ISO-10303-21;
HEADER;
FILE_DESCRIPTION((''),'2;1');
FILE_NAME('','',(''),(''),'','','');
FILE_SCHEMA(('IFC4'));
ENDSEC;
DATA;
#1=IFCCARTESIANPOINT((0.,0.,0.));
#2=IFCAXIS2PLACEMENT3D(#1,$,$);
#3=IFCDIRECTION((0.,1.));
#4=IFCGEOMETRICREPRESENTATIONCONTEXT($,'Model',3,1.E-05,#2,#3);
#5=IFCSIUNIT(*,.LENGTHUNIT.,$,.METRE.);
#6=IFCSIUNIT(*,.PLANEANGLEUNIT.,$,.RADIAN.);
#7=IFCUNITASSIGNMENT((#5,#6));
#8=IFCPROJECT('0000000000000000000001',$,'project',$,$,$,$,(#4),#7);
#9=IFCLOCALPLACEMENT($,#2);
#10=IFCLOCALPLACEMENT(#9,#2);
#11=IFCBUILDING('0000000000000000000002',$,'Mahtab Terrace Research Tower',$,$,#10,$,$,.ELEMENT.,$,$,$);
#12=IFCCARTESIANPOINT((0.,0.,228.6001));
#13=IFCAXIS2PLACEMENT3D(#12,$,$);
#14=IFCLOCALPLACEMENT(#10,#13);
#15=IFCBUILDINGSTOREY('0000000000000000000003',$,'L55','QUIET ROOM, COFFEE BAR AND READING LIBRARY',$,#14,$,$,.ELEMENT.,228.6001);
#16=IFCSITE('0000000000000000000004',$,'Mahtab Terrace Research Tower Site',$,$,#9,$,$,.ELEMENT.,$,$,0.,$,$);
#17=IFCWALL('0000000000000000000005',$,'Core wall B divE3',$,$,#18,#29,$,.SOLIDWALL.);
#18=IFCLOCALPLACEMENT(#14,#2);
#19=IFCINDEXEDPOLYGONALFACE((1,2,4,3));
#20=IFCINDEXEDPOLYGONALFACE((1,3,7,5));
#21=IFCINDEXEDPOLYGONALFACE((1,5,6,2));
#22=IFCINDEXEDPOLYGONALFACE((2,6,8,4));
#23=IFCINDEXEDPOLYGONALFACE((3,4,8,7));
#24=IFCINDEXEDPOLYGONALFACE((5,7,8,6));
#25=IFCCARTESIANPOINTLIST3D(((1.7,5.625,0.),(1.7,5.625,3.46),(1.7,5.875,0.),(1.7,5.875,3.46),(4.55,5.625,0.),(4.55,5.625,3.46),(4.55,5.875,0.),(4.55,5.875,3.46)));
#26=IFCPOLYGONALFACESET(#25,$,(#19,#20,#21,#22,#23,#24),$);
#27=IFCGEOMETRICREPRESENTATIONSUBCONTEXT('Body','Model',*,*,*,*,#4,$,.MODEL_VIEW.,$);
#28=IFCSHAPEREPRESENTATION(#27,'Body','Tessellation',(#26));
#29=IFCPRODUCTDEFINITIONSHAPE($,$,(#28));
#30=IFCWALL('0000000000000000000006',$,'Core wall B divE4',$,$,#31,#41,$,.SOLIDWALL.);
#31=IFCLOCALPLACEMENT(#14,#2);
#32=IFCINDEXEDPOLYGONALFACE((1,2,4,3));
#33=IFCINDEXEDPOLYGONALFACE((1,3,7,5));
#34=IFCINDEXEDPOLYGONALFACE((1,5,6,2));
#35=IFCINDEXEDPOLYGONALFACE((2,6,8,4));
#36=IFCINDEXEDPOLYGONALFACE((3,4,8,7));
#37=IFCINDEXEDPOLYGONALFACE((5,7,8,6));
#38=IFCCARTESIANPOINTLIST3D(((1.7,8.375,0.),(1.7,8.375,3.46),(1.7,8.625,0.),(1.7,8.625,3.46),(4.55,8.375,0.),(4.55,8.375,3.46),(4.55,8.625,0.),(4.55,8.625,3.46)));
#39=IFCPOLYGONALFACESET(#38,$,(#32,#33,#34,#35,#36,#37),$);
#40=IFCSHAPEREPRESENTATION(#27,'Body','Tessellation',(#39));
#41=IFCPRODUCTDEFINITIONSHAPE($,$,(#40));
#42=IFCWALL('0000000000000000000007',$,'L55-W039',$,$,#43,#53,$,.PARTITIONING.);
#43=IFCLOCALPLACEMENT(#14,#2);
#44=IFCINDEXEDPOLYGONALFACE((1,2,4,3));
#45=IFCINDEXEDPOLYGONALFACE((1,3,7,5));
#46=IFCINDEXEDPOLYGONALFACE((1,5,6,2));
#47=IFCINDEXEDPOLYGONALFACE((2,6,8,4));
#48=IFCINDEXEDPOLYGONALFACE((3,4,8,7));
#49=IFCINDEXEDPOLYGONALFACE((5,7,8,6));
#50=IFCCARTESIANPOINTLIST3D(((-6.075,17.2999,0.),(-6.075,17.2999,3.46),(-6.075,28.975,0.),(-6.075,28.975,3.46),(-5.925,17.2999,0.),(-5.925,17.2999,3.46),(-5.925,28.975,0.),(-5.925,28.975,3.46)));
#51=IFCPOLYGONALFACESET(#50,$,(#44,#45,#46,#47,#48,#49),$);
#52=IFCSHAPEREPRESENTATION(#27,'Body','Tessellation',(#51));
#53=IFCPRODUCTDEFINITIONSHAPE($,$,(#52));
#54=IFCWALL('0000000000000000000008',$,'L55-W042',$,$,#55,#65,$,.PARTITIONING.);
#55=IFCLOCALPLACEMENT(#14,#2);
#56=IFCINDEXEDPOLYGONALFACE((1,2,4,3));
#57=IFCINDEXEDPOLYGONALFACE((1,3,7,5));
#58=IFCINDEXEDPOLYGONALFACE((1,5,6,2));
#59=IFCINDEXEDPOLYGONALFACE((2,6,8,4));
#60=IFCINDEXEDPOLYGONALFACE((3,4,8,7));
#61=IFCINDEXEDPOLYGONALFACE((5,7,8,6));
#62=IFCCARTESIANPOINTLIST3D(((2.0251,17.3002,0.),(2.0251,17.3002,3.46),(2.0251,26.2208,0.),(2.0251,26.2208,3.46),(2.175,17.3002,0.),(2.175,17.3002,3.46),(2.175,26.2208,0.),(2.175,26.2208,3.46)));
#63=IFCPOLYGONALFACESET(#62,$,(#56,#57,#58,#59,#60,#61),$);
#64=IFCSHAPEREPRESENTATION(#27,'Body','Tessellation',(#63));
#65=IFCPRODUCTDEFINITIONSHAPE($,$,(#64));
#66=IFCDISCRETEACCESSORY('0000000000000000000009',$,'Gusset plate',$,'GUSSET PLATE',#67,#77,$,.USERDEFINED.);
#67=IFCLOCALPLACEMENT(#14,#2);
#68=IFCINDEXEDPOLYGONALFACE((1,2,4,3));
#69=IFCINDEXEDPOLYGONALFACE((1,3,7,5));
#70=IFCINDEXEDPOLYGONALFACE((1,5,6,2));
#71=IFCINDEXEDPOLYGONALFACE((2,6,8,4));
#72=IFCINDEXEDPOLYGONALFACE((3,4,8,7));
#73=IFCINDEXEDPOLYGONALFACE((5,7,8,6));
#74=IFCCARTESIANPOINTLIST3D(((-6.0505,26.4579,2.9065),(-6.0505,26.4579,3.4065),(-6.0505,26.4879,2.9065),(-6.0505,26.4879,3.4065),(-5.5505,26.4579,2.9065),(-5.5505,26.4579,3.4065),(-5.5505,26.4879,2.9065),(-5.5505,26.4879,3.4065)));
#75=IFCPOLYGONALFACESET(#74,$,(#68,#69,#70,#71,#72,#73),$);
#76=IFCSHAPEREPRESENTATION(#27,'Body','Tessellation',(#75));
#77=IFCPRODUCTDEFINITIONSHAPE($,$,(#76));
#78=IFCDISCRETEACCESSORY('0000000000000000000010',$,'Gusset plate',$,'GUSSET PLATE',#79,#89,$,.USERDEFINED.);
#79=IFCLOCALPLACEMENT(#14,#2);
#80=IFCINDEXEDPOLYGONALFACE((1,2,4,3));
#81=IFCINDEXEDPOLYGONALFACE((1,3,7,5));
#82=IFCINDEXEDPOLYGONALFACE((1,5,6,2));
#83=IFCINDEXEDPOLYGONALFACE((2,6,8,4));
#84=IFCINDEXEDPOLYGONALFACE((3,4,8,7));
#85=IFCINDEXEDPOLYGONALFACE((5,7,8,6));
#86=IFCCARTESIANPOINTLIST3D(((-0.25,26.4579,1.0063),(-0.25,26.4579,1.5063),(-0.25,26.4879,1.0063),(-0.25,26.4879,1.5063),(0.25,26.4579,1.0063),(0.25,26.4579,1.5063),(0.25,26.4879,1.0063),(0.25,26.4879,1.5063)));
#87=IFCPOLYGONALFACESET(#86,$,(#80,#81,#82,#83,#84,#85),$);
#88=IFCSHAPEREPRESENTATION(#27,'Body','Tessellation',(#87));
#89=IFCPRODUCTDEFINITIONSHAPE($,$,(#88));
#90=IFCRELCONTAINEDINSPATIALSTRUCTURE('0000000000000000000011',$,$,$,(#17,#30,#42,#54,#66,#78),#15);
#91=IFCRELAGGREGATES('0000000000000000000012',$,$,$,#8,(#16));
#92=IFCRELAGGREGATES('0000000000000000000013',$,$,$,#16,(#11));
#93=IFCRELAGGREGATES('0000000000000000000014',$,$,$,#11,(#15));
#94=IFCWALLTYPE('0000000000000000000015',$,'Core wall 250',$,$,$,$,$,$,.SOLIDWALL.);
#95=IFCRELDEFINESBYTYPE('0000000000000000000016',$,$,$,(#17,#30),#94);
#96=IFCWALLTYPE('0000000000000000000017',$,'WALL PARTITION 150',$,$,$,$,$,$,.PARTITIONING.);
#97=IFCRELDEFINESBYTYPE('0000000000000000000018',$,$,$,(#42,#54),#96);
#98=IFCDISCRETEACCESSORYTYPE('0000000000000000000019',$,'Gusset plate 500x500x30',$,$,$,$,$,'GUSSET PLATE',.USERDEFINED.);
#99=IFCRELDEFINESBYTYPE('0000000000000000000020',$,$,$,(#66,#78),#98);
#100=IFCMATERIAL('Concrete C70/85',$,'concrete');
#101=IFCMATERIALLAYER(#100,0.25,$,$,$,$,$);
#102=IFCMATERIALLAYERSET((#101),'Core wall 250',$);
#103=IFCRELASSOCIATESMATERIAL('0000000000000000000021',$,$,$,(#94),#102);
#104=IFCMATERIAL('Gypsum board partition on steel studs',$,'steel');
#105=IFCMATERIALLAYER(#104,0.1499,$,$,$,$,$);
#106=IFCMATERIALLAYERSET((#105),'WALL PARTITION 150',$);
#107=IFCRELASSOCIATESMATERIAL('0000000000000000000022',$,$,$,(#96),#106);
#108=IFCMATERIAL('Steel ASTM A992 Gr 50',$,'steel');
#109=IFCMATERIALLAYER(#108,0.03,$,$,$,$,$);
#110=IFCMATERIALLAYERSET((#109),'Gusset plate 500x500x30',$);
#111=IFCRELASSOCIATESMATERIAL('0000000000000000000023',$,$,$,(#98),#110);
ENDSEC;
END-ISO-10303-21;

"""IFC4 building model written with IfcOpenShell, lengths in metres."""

from ifc_helpers import new_model, si_unit, direction, frame, frame_2d, origin, origin_2d, place, context, subcontext, project, spatial, rectangle, extrude, material, layer, layer_set, type_object, element, save


model = new_model("IFC4")

# Units and contexts
model_context = context("Model", 3, precision=1e-05, world=origin(), true_north=direction((0.0, 1.0)))
body_context = subcontext(model_context, "Body", "Model", "MODEL_VIEW")
ifc_project = project(units=[si_unit("LENGTHUNIT", "METRE"), si_unit("PLANEANGLEUNIT", "RADIAN")], contexts=[model_context])

# Site, building, storey
site_placement = place(None, origin())
site = spatial("IfcSite", under=ifc_project, at=site_placement, Name="Mahtab Terrace Research Tower Site", CompositionType="ELEMENT", RefElevation=0.0)
building_placement = place(site_placement, origin())
building = spatial("IfcBuilding", under=site, at=building_placement, Name="Mahtab Terrace Research Tower", CompositionType="ELEMENT")
storey_placement = place(building_placement, frame((0.0, 0.0, 228.6001)))
storey = spatial("IfcBuildingStorey", under=building, at=storey_placement, Name="L55", Description="QUIET ROOM, COFFEE BAR AND READING LIBRARY", CompositionType="ELEMENT", Elevation=228.6001)

# Shared definitions
ifc_material_1 = material(Name="Concrete C70/85", Category="concrete")
ifc_material_2 = material(Name="Steel ASTM A992 Gr 50", Category="steel")

# Shared definitions
ifc_layer_1 = layer(ifc_material_1, 0.25)
ifc_layer_set_1 = layer_set([ifc_layer_1], Name="Core wall 250")
wall_type_1 = type_object("IfcWallType", Name="Core wall 250", PredefinedType="SOLIDWALL", material=ifc_layer_set_1)

# Walls
for number, where, z_axis, x_axis, name in (
    (1, (1.7, 5.75, 0.0), (0.0, 0.0, 1.0), (1.0, 0.0, 0.0), "Core wall B divE3"),
    (2, (1.7, 8.5, 0.0), (0.0, 0.0, 1.0), (1.0, 0.0, 0.0), "Core wall B divE4"),
):
    element("IfcWall", number, at=place(storey_placement, frame(where, z_axis=z_axis, x_axis=x_axis)), inside=storey, type_object=wall_type_1, Name=name, PredefinedType="SOLIDWALL", context=body_context, shape_type="SweptSolid", body=[
        extrude(rectangle(XDim=2.8501, YDim=0.25, at=frame_2d((1.425, 0.0))), origin(), (0.0, 0.0, 1.0), 3.46),
    ])
ifc_material_3 = material(Name="Gypsum board partition on steel studs", Category="steel")
ifc_layer_2 = layer(ifc_material_3, 0.1499)
ifc_layer_set_2 = layer_set([ifc_layer_2], Name="WALL PARTITION 150")
wall_type_2 = type_object("IfcWallType", Name="WALL PARTITION 150", PredefinedType="PARTITIONING", material=ifc_layer_set_2)
wall_1_placement = place(storey_placement, frame((-6.0, 17.3, 0.0), z_axis=(0.0, 0.0, 1.0), x_axis=(0.0, 1.0, 0.0)))
element("IfcWall", 3, at=wall_1_placement, inside=storey, type_object=wall_type_2, Name="L55-W039", PredefinedType="PARTITIONING", context=body_context, shape_type="SweptSolid", body=[
    extrude(rectangle(XDim=11.675, YDim=0.1499, at=frame_2d((5.8374, 0.0))), origin(), (0.0, 0.0, 1.0), 3.46),
])
wall_2_placement = place(storey_placement, frame((2.1001, 17.3, 0.0), z_axis=(0.0, 0.0, 1.0), x_axis=(0.0, 1.0, 0.0)))
element("IfcWall", 4, at=wall_2_placement, inside=storey, type_object=wall_type_2, Name="L55-W042", PredefinedType="PARTITIONING", context=body_context, shape_type="SweptSolid", body=[
    extrude(rectangle(XDim=8.9207, YDim=0.1499, at=frame_2d((4.4604, 0.0))), origin(), (0.0, 0.0, 1.0), 3.46),
])

# Discrete accessories
ifc_layer_3 = layer(ifc_material_2, 0.03)
ifc_layer_set_3 = layer_set([ifc_layer_3], Name="Gusset plate 500x500x30")
discrete_accessory_type = type_object("IfcDiscreteAccessoryType", Name="Gusset plate 500x500x30", ElementType="GUSSET PLATE", PredefinedType="USERDEFINED", material=ifc_layer_set_3)
for number, where, z_axis, x_axis, name in (
    (5, (-5.8005, 26.4729, 2.9065), (0.0, 0.0, 1.0), (1.0, 0.0, 0.0), "Gusset plate"),
    (6, (0.0, 26.4729, 1.0063), (0.0, 0.0, 1.0), (1.0, 0.0, 0.0), "Gusset plate"),
):
    element("IfcDiscreteAccessory", number, at=place(storey_placement, frame(where, z_axis=z_axis, x_axis=x_axis)), inside=storey, type_object=discrete_accessory_type, Name=name, ObjectType="GUSSET PLATE", PredefinedType="USERDEFINED", context=body_context, shape_type="SweptSolid", body=[
        extrude(rectangle(XDim=0.5, YDim=0.03, at=origin_2d()), origin(), (0.0, 0.0, 1.0), 0.5),
    ])

save(model, "model.ifc")
